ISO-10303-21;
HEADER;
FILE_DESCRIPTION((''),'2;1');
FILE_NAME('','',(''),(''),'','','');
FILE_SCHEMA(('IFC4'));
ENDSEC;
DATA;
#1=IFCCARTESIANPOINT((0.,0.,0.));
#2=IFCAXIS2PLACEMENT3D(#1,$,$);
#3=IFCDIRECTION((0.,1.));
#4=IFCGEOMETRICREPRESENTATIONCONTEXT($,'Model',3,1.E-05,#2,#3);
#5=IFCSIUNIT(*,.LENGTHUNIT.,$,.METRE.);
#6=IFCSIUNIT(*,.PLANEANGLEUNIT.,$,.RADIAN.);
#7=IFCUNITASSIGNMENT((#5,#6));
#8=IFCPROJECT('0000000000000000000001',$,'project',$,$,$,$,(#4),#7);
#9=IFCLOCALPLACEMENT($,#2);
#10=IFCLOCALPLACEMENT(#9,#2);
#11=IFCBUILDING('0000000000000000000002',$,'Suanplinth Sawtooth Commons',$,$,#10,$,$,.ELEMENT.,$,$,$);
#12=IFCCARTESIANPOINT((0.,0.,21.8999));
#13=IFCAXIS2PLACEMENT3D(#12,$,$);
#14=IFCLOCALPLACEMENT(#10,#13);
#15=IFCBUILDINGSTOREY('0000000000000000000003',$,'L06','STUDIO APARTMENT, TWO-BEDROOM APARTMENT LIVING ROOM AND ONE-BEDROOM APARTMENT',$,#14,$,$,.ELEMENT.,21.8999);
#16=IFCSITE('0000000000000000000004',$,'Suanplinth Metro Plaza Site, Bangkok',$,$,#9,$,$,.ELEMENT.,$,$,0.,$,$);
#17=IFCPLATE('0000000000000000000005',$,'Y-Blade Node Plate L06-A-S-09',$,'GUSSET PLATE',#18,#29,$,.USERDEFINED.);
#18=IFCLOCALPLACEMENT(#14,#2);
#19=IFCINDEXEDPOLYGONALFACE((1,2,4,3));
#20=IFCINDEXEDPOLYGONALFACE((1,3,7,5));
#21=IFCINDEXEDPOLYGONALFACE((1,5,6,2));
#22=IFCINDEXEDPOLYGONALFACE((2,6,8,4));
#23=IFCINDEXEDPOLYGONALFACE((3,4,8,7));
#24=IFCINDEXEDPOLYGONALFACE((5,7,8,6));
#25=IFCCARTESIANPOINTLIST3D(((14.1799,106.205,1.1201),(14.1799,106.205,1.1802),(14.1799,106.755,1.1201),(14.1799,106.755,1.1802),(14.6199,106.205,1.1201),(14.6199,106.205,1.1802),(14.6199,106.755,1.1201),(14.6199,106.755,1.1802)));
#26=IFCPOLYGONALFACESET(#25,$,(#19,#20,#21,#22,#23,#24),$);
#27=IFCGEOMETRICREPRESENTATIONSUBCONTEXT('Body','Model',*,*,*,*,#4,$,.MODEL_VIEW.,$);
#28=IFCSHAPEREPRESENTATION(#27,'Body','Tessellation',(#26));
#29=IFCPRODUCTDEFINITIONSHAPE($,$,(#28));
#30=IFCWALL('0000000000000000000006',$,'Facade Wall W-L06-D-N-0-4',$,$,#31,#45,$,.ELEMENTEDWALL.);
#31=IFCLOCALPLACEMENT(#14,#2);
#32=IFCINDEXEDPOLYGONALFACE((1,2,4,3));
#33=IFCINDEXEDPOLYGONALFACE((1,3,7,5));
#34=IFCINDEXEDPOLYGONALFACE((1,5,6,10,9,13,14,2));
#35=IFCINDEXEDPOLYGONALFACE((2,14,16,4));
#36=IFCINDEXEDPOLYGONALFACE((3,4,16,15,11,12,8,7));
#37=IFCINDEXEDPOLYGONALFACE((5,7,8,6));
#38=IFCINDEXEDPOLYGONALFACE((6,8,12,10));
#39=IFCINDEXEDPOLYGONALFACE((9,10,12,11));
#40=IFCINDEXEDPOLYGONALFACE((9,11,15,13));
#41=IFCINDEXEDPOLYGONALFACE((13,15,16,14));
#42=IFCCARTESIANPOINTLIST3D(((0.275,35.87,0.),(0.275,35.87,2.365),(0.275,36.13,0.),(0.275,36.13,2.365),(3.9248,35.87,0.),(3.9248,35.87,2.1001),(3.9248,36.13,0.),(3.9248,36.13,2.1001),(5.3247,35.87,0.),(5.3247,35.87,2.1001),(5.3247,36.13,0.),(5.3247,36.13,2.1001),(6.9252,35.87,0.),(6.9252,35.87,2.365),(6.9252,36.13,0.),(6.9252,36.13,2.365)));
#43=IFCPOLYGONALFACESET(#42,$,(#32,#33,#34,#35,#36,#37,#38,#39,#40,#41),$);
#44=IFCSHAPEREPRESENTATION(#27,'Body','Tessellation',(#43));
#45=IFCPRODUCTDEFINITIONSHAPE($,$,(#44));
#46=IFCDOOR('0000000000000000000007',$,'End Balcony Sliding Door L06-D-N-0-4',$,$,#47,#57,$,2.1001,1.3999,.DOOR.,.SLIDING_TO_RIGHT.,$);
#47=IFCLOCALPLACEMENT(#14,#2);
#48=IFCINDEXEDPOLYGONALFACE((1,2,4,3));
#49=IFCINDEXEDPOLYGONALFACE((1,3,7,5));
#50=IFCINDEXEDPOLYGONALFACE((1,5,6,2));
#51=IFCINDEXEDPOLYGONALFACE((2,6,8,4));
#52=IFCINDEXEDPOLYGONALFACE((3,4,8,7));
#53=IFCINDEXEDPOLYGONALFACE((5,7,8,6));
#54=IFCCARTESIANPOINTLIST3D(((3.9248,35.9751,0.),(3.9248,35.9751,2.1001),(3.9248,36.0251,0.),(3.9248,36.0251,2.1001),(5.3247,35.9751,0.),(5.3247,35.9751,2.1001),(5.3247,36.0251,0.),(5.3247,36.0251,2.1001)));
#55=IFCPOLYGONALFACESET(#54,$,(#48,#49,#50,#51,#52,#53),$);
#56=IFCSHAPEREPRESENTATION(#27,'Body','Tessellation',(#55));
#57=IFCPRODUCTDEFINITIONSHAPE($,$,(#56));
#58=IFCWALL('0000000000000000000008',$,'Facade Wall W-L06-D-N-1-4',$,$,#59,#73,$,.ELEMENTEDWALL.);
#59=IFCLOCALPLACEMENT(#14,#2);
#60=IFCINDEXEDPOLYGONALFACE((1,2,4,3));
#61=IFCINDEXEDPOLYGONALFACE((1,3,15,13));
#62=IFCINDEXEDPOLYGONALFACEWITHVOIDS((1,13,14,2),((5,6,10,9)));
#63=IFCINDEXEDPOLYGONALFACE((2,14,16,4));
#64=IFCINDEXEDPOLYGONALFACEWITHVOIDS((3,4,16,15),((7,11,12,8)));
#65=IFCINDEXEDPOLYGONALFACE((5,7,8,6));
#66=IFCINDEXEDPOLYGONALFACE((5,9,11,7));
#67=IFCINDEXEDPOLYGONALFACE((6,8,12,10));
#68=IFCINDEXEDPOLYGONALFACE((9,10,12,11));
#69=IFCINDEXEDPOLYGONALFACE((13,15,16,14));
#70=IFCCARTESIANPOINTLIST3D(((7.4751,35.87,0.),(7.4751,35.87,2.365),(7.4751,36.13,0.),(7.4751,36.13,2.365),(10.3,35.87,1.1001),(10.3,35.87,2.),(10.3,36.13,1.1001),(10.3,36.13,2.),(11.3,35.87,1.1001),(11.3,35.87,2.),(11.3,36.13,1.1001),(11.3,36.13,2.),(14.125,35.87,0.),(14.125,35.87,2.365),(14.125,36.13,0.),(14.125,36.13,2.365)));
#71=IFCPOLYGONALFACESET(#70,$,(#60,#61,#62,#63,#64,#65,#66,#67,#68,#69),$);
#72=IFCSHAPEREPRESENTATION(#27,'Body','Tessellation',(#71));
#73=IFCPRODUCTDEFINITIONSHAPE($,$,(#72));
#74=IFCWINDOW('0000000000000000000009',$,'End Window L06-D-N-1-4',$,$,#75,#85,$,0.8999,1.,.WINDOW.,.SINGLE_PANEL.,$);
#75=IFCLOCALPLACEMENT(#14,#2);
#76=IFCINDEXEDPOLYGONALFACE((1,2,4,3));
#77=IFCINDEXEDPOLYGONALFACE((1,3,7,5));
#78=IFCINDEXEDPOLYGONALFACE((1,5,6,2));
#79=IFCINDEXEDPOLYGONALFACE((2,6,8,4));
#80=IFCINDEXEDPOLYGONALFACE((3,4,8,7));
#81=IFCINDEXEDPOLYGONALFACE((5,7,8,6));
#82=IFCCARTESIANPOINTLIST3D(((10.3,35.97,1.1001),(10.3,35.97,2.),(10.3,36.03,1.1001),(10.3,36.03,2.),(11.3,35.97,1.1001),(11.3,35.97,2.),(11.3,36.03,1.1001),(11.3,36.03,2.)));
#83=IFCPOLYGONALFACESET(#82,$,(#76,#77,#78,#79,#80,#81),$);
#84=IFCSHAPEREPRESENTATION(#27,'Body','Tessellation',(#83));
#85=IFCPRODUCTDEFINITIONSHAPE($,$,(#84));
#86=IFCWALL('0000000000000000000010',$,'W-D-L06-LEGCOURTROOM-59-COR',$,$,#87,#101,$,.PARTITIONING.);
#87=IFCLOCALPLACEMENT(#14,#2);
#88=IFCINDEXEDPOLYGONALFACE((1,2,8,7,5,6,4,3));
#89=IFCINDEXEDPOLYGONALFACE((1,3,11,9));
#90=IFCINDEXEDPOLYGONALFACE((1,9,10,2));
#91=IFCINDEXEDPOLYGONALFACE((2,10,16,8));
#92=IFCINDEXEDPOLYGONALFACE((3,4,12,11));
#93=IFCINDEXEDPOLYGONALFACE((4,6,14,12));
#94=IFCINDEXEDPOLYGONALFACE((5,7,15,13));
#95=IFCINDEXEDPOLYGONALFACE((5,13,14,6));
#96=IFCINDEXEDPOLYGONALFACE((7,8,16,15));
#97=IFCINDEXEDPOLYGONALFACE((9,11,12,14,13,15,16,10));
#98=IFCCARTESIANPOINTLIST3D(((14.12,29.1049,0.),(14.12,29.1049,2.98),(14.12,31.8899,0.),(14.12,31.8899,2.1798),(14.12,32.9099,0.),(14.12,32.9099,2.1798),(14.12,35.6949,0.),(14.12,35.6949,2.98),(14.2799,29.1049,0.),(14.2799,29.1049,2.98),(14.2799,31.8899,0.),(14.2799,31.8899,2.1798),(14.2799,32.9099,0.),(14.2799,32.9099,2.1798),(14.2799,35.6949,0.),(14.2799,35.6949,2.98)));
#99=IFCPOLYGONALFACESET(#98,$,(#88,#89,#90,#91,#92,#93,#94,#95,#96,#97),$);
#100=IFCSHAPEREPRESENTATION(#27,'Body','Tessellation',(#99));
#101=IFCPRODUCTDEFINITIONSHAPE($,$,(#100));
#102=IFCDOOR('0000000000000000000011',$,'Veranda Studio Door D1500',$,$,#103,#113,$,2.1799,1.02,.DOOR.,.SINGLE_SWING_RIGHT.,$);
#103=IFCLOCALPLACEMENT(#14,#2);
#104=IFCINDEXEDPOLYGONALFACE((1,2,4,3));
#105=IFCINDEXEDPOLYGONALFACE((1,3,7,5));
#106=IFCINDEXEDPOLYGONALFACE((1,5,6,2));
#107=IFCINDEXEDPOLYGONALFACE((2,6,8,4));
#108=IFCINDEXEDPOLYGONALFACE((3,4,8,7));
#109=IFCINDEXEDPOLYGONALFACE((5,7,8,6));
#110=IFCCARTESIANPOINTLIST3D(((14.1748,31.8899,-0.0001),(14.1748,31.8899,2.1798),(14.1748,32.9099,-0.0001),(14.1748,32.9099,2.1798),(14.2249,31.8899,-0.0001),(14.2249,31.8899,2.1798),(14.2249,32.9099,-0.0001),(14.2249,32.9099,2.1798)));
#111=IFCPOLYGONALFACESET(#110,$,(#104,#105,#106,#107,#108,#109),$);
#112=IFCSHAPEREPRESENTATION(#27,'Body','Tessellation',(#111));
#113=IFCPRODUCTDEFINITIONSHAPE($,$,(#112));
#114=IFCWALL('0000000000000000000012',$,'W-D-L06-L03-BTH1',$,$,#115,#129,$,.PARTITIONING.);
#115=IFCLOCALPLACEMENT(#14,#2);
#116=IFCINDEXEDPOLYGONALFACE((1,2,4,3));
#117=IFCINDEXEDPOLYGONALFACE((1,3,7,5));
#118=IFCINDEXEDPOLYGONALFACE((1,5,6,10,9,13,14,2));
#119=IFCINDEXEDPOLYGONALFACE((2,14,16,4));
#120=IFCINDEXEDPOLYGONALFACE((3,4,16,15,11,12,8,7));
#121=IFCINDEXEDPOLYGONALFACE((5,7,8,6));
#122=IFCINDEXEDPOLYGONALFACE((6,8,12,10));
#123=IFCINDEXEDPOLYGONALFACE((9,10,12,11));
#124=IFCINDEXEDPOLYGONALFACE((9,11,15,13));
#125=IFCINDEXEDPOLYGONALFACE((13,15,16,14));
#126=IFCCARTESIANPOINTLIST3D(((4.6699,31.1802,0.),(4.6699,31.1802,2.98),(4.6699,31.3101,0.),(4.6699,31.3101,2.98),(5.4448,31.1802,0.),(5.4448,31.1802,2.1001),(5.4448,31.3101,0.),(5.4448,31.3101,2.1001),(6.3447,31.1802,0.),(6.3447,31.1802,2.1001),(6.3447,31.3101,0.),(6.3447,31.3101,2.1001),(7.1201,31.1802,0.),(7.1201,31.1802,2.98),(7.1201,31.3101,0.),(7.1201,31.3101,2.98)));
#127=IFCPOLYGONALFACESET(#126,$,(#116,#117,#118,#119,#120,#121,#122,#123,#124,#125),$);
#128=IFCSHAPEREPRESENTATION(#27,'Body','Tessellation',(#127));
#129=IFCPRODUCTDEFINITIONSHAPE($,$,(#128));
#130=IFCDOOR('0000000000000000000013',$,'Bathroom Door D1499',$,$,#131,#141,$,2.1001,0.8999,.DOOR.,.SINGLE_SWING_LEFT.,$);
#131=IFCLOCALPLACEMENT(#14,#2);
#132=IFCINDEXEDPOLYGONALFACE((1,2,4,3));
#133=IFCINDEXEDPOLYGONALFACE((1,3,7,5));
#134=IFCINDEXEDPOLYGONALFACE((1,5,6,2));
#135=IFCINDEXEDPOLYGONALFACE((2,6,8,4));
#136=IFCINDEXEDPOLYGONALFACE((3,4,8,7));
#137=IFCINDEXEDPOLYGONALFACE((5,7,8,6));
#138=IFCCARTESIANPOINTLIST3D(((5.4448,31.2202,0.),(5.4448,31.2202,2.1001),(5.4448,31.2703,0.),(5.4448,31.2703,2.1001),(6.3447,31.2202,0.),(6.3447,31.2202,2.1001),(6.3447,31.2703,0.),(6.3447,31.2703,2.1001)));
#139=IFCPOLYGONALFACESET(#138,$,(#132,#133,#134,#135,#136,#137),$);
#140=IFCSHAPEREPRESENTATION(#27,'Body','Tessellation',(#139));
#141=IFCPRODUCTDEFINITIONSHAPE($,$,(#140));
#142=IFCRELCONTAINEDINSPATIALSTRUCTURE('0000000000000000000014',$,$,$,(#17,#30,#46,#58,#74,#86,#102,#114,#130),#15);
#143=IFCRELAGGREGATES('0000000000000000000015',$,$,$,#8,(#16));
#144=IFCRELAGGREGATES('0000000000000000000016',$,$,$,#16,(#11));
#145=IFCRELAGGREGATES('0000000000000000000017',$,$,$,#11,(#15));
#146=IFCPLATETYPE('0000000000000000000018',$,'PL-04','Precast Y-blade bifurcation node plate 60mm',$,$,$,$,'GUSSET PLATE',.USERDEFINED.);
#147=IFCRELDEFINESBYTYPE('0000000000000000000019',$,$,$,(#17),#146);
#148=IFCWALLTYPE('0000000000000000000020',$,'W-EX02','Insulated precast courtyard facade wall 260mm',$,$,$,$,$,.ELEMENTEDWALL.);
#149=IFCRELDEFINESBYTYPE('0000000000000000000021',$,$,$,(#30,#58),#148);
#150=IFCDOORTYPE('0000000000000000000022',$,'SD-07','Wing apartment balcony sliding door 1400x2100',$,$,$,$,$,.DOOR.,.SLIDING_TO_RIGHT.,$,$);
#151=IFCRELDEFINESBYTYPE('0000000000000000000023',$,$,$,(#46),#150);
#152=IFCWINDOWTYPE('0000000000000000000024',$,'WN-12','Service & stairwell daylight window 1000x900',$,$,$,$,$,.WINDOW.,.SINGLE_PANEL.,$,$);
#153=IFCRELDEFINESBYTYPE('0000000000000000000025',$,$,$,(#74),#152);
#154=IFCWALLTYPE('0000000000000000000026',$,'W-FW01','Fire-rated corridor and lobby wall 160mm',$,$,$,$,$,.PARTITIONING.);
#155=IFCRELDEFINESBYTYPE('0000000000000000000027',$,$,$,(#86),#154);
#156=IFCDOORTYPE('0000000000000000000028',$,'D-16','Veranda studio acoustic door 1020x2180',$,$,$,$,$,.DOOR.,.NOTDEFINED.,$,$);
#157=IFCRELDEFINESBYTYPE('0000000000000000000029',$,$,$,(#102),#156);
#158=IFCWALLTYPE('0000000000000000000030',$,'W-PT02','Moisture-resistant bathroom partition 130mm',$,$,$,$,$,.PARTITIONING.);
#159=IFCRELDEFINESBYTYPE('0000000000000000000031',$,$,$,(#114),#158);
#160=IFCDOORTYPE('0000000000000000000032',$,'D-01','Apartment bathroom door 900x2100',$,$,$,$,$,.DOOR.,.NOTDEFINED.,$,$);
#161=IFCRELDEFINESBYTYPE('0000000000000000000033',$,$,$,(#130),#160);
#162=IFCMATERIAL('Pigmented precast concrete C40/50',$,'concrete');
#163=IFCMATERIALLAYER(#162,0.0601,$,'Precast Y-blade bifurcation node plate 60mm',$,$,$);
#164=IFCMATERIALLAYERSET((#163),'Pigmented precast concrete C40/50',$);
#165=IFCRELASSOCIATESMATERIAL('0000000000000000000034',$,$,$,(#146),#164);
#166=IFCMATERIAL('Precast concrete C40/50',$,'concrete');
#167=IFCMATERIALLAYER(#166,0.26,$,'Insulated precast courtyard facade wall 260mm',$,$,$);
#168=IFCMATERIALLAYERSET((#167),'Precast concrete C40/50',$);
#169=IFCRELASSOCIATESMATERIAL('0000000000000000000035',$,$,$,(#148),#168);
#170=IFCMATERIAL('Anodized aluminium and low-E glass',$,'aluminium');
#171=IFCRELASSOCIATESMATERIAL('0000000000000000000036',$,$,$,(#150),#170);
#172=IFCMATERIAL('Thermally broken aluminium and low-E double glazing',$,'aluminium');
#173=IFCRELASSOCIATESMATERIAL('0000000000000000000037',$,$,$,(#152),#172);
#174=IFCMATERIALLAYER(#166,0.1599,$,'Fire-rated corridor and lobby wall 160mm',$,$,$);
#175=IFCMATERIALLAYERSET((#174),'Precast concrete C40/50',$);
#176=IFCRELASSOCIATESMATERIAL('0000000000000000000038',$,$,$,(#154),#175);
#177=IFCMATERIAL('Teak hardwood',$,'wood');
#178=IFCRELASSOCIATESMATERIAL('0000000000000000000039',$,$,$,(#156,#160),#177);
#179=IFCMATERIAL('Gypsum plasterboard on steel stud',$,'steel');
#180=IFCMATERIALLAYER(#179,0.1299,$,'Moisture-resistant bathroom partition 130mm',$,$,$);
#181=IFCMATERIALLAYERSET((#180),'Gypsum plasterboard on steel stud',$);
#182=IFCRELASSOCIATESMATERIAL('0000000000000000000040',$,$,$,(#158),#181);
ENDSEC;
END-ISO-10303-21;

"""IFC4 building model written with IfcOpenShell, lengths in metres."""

from ifc_helpers import new_model, si_unit, direction, frame, frame_2d, origin, origin_2d, place, context, subcontext, project, spatial, rectangle, extrude, material, layer, layer_set, type_object, element, fill, save


model = new_model("IFC4")

# Units and contexts
model_context = context("Model", 3, precision=1e-05, world=origin(), true_north=direction((0.0, 1.0)))
body_context = subcontext(model_context, "Body", "Model", "MODEL_VIEW")
ifc_project = project(units=[si_unit("LENGTHUNIT", "METRE"), si_unit("PLANEANGLEUNIT", "RADIAN")], contexts=[model_context])

# Site, building, storey
site_placement = place(None, origin())
site = spatial("IfcSite", under=ifc_project, at=site_placement, Name="Suanplinth Metro Plaza Site, Bangkok", CompositionType="ELEMENT", RefElevation=0.0)
building_placement = place(site_placement, origin())
building = spatial("IfcBuilding", under=site, at=building_placement, Name="Suanplinth Sawtooth Commons", CompositionType="ELEMENT")
storey_placement = place(building_placement, frame((0.0, 0.0, 21.8999)))
storey = spatial("IfcBuildingStorey", under=building, at=storey_placement, Name="L06", Description="STUDIO APARTMENT, TWO-BEDROOM APARTMENT LIVING ROOM AND ONE-BEDROOM APARTMENT", CompositionType="ELEMENT", Elevation=21.8999)

# Shared definitions
ifc_material_1 = material(Name="Precast concrete C40/50", Category="concrete")

# Shared definitions
ifc_material_2 = material(Name="Pigmented precast concrete C40/50", Category="concrete")

# Plate
ifc_layer_1 = layer(ifc_material_2, 0.0601, Name="Precast Y-blade bifurcation node plate 60mm")
ifc_layer_set_1 = layer_set([ifc_layer_1], Name="Pigmented precast concrete C40/50")
plate_type = type_object("IfcPlateType", Name="PL-04", Description="Precast Y-blade bifurcation node plate 60mm", ElementType="GUSSET PLATE", PredefinedType="USERDEFINED", material=ifc_layer_set_1)
plate_placement = place(storey_placement, frame((14.3999, 106.48, 1.1201), z_axis=(0.0, 0.0, 1.0), x_axis=(1.0, 0.0, 0.0)))
element("IfcPlate", 1, at=plate_placement, inside=storey, type_object=plate_type, Name="Y-Blade Node Plate L06-A-S-09", ObjectType="GUSSET PLATE", PredefinedType="USERDEFINED", context=body_context, shape_type="SweptSolid", body=[
    extrude(rectangle(XDim=0.4399, YDim=0.55, at=origin_2d()), origin(), (0.0, 0.0, 1.0), 0.0601),
])

# Wall, opening, door
ifc_layer_2 = layer(ifc_material_1, 0.26, Name="Insulated precast courtyard facade wall 260mm")
ifc_layer_set_2 = layer_set([ifc_layer_2], Name="Precast concrete C40/50")
wall_type_1 = type_object("IfcWallType", Name="W-EX02", Description="Insulated precast courtyard facade wall 260mm", PredefinedType="ELEMENTEDWALL", material=ifc_layer_set_2)
wall_1_placement = place(storey_placement, frame((0.2749, 36.0, 0.0), z_axis=(0.0, 0.0, 1.0), x_axis=(1.0, 0.0, 0.0)))
wall_1 = element("IfcWall", 2, at=wall_1_placement, inside=storey, type_object=wall_type_1, Name="Facade Wall W-L06-D-N-0-4", PredefinedType="ELEMENTEDWALL", context=body_context, shape_type="SweptSolid", body=[
    extrude(rectangle(XDim=6.6501, YDim=0.26, at=frame_2d((3.3252, 0.0))), origin(), (0.0, 0.0, 1.0), 2.365),
])
opening_1_placement = place(wall_1_placement, frame((3.6499, 0.0, 0.0)))
opening_1 = element("IfcOpeningElement", 3, at=opening_1_placement, cuts=wall_1, PredefinedType="OPENING", context=body_context, shape_type="SweptSolid", body=[
    extrude(rectangle(XDim=1.3999, YDim=2.1001, at=frame_2d((0.7, 1.05))), frame((0.0, 0.145, 0.0), z_axis=(0.0, -1.0, 0.0), x_axis=(1.0, 0.0, 0.0)), (0.0, 0.0, 1.0), 0.2898),
])
ifc_material_3 = material(Name="Anodized aluminium and low-E glass", Category="aluminium")
door_type_1 = type_object("IfcDoorType", Name="SD-07", Description="Wing apartment balcony sliding door 1400x2100", OperationType="SLIDING_TO_RIGHT", PredefinedType="DOOR", material=ifc_material_3)
door_1_placement = place(opening_1_placement, frame((1.3999, 0.0, 0.0), z_axis=(0.0, 0.0, 1.0), x_axis=(-1.0, 0.0, 0.0)))
door_1 = element("IfcDoor", 4, at=door_1_placement, inside=storey, type_object=door_type_1, Name="End Balcony Sliding Door L06-D-N-0-4", OperationType="SLIDING_TO_RIGHT", OverallHeight=2.1001, OverallWidth=1.3999, PredefinedType="DOOR", context=body_context, shape_type="SweptSolid", body=[
    extrude(rectangle(XDim=1.3999, YDim=2.1001, at=frame_2d((0.7, 1.05))), frame((0.0, 0.0249, 0.0), z_axis=(0.0, -1.0, 0.0), x_axis=(1.0, 0.0, 0.0)), (0.0, 0.0, 1.0), 0.05),
])
fill(opening_1, door_1)

# Wall, opening, window
wall_2_placement = place(storey_placement, frame((7.4751, 36.0, 0.0), z_axis=(0.0, 0.0, 1.0), x_axis=(1.0, 0.0, 0.0)))
wall_2 = element("IfcWall", 5, at=wall_2_placement, inside=storey, type_object=wall_type_1, Name="Facade Wall W-L06-D-N-1-4", PredefinedType="ELEMENTEDWALL", context=body_context, shape_type="SweptSolid", body=[
    extrude(rectangle(XDim=6.6499, YDim=0.26, at=frame_2d((3.325, 0.0))), origin(), (0.0, 0.0, 1.0), 2.365),
])
opening_2_placement = place(wall_2_placement, frame((2.825, 0.0, 1.1001)))
opening_2 = element("IfcOpeningElement", 6, at=opening_2_placement, cuts=wall_2, PredefinedType="OPENING", context=body_context, shape_type="SweptSolid", body=[
    extrude(rectangle(XDim=1.0, YDim=0.8999, at=frame_2d((0.5, 0.45))), frame((0.0, 0.145, 0.0), z_axis=(0.0, -1.0, 0.0), x_axis=(1.0, 0.0, 0.0)), (0.0, 0.0, 1.0), 0.2898),
])
ifc_material_4 = material(Name="Thermally broken aluminium and low-E double glazing", Category="aluminium")
window_type = type_object("IfcWindowType", Name="WN-12", Description="Service & stairwell daylight window 1000x900", PartitioningType="SINGLE_PANEL", PredefinedType="WINDOW", material=ifc_material_4)
window_placement = place(opening_2_placement, origin())
window = element("IfcWindow", 7, at=window_placement, inside=storey, type_object=window_type, Name="End Window L06-D-N-1-4", OverallHeight=0.8999, OverallWidth=1.0, PartitioningType="SINGLE_PANEL", PredefinedType="WINDOW", context=body_context, shape_type="SweptSolid", body=[
    extrude(rectangle(XDim=1.0, YDim=0.8999, at=frame_2d((0.5, 0.45))), frame((0.0, 0.03, 0.0), z_axis=(0.0, -1.0, 0.0), x_axis=(1.0, 0.0, 0.0)), (0.0, 0.0, 1.0), 0.0601),
])
fill(opening_2, window)

# Walls, openings, doors
ifc_layer_3 = layer(ifc_material_1, 0.1599, Name="Fire-rated corridor and lobby wall 160mm")
ifc_layer_set_3 = layer_set([ifc_layer_3], Name="Precast concrete C40/50")
wall_type_2 = type_object("IfcWallType", Name="W-FW01", Description="Fire-rated corridor and lobby wall 160mm", PredefinedType="PARTITIONING", material=ifc_layer_set_3)
wall_3_placement = place(storey_placement, frame((14.2, 29.105, 0.0), z_axis=(0.0, 0.0, 1.0), x_axis=(0.0, 1.0, 0.0)))
wall_3 = element("IfcWall", 8, at=wall_3_placement, inside=storey, type_object=wall_type_2, Name="W-D-L06-LEGCOURTROOM-59-COR", PredefinedType="PARTITIONING", context=body_context, shape_type="SweptSolid", body=[
    extrude(rectangle(XDim=6.5901, YDim=0.1599, at=frame_2d((3.2949, 0.0))), origin(), (0.0, 0.0, 1.0), 2.98),
])
opening_3_placement = place(wall_3_placement, frame((2.7849, 0.0, 0.0)))
opening_3 = element("IfcOpeningElement", 9, at=opening_3_placement, cuts=wall_3, PredefinedType="OPENING", context=body_context, shape_type="SweptSolid", body=[
    extrude(rectangle(XDim=1.02, YDim=2.1799, at=frame_2d((0.51, 1.0898))), frame((0.0, 0.0947, 0.0), z_axis=(0.0, -1.0, 0.0), x_axis=(1.0, 0.0, 0.0)), (0.0, 0.0, 1.0), 0.1897),
])
ifc_material_5 = material(Name="Teak hardwood", Category="wood")
door_type_2 = type_object("IfcDoorType", Name="D-16", Description="Veranda studio acoustic door 1020x2180", OperationType="NOTDEFINED", PredefinedType="DOOR", material=ifc_material_5)
door_2_placement = place(opening_3_placement, frame((1.02, 0.0, 0.0), z_axis=(0.0, 0.0, 1.0), x_axis=(-1.0, 0.0, 0.0)))
door_2 = element("IfcDoor", 10, at=door_2_placement, inside=storey, type_object=door_type_2, Name="Veranda Studio Door D1500", OperationType="SINGLE_SWING_RIGHT", OverallHeight=2.1799, OverallWidth=1.02, PredefinedType="DOOR", context=body_context, shape_type="SweptSolid", body=[
    extrude(rectangle(XDim=1.02, YDim=2.1799, at=frame_2d((0.51, 1.0898))), frame((0.0, 0.0249, 0.0), z_axis=(0.0, -1.0, 0.0), x_axis=(1.0, 0.0, 0.0)), (0.0, 0.0, 1.0), 0.05),
])
fill(opening_3, door_2)
ifc_material_6 = material(Name="Gypsum plasterboard on steel stud", Category="steel")
ifc_layer_4 = layer(ifc_material_6, 0.1299, Name="Moisture-resistant bathroom partition 130mm")
ifc_layer_set_4 = layer_set([ifc_layer_4], Name="Gypsum plasterboard on steel stud")
wall_type_3 = type_object("IfcWallType", Name="W-PT02", Description="Moisture-resistant bathroom partition 130mm", PredefinedType="PARTITIONING", material=ifc_layer_set_4)
wall_4_placement = place(storey_placement, frame((4.6699, 31.2451, 0.0), z_axis=(0.0, 0.0, 1.0), x_axis=(1.0, 0.0, 0.0)))
wall_4 = element("IfcWall", 11, at=wall_4_placement, inside=storey, type_object=wall_type_3, Name="W-D-L06-L03-BTH1", PredefinedType="PARTITIONING", context=body_context, shape_type="SweptSolid", body=[
    extrude(rectangle(XDim=2.4502, YDim=0.1299, at=frame_2d((1.2251, 0.0))), origin(), (0.0, 0.0, 1.0), 2.98),
])
opening_4_placement = place(wall_4_placement, frame((0.7749, 0.0, 0.0)))
opening_4 = element("IfcOpeningElement", 12, at=opening_4_placement, cuts=wall_4, PredefinedType="OPENING", context=body_context, shape_type="SweptSolid", body=[
    extrude(rectangle(XDim=0.8999, YDim=2.1001, at=frame_2d((0.45, 1.05))), frame((0.0, 0.0798, 0.0), z_axis=(0.0, -1.0, 0.0), x_axis=(1.0, 0.0, 0.0)), (0.0, 0.0, 1.0), 0.1597),
])
door_type_3 = type_object("IfcDoorType", Name="D-01", Description="Apartment bathroom door 900x2100", OperationType="NOTDEFINED", PredefinedType="DOOR", material=ifc_material_5)
door_3_placement = place(opening_4_placement, frame((0.8999, 0.0, 0.0), z_axis=(0.0, 0.0, 1.0), x_axis=(-1.0, 0.0, 0.0)))
door_3 = element("IfcDoor", 13, at=door_3_placement, inside=storey, type_object=door_type_3, Name="Bathroom Door D1499", OperationType="SINGLE_SWING_LEFT", OverallHeight=2.1001, OverallWidth=0.8999, PredefinedType="DOOR", context=body_context, shape_type="SweptSolid", body=[
    extrude(rectangle(XDim=0.8999, YDim=2.1001, at=frame_2d((0.45, 1.05))), frame((0.0, 0.0249, 0.0), z_axis=(0.0, -1.0, 0.0), x_axis=(1.0, 0.0, 0.0)), (0.0, 0.0, 1.0), 0.05),
])
fill(opening_4, door_3)

save(model, "model.ifc")
